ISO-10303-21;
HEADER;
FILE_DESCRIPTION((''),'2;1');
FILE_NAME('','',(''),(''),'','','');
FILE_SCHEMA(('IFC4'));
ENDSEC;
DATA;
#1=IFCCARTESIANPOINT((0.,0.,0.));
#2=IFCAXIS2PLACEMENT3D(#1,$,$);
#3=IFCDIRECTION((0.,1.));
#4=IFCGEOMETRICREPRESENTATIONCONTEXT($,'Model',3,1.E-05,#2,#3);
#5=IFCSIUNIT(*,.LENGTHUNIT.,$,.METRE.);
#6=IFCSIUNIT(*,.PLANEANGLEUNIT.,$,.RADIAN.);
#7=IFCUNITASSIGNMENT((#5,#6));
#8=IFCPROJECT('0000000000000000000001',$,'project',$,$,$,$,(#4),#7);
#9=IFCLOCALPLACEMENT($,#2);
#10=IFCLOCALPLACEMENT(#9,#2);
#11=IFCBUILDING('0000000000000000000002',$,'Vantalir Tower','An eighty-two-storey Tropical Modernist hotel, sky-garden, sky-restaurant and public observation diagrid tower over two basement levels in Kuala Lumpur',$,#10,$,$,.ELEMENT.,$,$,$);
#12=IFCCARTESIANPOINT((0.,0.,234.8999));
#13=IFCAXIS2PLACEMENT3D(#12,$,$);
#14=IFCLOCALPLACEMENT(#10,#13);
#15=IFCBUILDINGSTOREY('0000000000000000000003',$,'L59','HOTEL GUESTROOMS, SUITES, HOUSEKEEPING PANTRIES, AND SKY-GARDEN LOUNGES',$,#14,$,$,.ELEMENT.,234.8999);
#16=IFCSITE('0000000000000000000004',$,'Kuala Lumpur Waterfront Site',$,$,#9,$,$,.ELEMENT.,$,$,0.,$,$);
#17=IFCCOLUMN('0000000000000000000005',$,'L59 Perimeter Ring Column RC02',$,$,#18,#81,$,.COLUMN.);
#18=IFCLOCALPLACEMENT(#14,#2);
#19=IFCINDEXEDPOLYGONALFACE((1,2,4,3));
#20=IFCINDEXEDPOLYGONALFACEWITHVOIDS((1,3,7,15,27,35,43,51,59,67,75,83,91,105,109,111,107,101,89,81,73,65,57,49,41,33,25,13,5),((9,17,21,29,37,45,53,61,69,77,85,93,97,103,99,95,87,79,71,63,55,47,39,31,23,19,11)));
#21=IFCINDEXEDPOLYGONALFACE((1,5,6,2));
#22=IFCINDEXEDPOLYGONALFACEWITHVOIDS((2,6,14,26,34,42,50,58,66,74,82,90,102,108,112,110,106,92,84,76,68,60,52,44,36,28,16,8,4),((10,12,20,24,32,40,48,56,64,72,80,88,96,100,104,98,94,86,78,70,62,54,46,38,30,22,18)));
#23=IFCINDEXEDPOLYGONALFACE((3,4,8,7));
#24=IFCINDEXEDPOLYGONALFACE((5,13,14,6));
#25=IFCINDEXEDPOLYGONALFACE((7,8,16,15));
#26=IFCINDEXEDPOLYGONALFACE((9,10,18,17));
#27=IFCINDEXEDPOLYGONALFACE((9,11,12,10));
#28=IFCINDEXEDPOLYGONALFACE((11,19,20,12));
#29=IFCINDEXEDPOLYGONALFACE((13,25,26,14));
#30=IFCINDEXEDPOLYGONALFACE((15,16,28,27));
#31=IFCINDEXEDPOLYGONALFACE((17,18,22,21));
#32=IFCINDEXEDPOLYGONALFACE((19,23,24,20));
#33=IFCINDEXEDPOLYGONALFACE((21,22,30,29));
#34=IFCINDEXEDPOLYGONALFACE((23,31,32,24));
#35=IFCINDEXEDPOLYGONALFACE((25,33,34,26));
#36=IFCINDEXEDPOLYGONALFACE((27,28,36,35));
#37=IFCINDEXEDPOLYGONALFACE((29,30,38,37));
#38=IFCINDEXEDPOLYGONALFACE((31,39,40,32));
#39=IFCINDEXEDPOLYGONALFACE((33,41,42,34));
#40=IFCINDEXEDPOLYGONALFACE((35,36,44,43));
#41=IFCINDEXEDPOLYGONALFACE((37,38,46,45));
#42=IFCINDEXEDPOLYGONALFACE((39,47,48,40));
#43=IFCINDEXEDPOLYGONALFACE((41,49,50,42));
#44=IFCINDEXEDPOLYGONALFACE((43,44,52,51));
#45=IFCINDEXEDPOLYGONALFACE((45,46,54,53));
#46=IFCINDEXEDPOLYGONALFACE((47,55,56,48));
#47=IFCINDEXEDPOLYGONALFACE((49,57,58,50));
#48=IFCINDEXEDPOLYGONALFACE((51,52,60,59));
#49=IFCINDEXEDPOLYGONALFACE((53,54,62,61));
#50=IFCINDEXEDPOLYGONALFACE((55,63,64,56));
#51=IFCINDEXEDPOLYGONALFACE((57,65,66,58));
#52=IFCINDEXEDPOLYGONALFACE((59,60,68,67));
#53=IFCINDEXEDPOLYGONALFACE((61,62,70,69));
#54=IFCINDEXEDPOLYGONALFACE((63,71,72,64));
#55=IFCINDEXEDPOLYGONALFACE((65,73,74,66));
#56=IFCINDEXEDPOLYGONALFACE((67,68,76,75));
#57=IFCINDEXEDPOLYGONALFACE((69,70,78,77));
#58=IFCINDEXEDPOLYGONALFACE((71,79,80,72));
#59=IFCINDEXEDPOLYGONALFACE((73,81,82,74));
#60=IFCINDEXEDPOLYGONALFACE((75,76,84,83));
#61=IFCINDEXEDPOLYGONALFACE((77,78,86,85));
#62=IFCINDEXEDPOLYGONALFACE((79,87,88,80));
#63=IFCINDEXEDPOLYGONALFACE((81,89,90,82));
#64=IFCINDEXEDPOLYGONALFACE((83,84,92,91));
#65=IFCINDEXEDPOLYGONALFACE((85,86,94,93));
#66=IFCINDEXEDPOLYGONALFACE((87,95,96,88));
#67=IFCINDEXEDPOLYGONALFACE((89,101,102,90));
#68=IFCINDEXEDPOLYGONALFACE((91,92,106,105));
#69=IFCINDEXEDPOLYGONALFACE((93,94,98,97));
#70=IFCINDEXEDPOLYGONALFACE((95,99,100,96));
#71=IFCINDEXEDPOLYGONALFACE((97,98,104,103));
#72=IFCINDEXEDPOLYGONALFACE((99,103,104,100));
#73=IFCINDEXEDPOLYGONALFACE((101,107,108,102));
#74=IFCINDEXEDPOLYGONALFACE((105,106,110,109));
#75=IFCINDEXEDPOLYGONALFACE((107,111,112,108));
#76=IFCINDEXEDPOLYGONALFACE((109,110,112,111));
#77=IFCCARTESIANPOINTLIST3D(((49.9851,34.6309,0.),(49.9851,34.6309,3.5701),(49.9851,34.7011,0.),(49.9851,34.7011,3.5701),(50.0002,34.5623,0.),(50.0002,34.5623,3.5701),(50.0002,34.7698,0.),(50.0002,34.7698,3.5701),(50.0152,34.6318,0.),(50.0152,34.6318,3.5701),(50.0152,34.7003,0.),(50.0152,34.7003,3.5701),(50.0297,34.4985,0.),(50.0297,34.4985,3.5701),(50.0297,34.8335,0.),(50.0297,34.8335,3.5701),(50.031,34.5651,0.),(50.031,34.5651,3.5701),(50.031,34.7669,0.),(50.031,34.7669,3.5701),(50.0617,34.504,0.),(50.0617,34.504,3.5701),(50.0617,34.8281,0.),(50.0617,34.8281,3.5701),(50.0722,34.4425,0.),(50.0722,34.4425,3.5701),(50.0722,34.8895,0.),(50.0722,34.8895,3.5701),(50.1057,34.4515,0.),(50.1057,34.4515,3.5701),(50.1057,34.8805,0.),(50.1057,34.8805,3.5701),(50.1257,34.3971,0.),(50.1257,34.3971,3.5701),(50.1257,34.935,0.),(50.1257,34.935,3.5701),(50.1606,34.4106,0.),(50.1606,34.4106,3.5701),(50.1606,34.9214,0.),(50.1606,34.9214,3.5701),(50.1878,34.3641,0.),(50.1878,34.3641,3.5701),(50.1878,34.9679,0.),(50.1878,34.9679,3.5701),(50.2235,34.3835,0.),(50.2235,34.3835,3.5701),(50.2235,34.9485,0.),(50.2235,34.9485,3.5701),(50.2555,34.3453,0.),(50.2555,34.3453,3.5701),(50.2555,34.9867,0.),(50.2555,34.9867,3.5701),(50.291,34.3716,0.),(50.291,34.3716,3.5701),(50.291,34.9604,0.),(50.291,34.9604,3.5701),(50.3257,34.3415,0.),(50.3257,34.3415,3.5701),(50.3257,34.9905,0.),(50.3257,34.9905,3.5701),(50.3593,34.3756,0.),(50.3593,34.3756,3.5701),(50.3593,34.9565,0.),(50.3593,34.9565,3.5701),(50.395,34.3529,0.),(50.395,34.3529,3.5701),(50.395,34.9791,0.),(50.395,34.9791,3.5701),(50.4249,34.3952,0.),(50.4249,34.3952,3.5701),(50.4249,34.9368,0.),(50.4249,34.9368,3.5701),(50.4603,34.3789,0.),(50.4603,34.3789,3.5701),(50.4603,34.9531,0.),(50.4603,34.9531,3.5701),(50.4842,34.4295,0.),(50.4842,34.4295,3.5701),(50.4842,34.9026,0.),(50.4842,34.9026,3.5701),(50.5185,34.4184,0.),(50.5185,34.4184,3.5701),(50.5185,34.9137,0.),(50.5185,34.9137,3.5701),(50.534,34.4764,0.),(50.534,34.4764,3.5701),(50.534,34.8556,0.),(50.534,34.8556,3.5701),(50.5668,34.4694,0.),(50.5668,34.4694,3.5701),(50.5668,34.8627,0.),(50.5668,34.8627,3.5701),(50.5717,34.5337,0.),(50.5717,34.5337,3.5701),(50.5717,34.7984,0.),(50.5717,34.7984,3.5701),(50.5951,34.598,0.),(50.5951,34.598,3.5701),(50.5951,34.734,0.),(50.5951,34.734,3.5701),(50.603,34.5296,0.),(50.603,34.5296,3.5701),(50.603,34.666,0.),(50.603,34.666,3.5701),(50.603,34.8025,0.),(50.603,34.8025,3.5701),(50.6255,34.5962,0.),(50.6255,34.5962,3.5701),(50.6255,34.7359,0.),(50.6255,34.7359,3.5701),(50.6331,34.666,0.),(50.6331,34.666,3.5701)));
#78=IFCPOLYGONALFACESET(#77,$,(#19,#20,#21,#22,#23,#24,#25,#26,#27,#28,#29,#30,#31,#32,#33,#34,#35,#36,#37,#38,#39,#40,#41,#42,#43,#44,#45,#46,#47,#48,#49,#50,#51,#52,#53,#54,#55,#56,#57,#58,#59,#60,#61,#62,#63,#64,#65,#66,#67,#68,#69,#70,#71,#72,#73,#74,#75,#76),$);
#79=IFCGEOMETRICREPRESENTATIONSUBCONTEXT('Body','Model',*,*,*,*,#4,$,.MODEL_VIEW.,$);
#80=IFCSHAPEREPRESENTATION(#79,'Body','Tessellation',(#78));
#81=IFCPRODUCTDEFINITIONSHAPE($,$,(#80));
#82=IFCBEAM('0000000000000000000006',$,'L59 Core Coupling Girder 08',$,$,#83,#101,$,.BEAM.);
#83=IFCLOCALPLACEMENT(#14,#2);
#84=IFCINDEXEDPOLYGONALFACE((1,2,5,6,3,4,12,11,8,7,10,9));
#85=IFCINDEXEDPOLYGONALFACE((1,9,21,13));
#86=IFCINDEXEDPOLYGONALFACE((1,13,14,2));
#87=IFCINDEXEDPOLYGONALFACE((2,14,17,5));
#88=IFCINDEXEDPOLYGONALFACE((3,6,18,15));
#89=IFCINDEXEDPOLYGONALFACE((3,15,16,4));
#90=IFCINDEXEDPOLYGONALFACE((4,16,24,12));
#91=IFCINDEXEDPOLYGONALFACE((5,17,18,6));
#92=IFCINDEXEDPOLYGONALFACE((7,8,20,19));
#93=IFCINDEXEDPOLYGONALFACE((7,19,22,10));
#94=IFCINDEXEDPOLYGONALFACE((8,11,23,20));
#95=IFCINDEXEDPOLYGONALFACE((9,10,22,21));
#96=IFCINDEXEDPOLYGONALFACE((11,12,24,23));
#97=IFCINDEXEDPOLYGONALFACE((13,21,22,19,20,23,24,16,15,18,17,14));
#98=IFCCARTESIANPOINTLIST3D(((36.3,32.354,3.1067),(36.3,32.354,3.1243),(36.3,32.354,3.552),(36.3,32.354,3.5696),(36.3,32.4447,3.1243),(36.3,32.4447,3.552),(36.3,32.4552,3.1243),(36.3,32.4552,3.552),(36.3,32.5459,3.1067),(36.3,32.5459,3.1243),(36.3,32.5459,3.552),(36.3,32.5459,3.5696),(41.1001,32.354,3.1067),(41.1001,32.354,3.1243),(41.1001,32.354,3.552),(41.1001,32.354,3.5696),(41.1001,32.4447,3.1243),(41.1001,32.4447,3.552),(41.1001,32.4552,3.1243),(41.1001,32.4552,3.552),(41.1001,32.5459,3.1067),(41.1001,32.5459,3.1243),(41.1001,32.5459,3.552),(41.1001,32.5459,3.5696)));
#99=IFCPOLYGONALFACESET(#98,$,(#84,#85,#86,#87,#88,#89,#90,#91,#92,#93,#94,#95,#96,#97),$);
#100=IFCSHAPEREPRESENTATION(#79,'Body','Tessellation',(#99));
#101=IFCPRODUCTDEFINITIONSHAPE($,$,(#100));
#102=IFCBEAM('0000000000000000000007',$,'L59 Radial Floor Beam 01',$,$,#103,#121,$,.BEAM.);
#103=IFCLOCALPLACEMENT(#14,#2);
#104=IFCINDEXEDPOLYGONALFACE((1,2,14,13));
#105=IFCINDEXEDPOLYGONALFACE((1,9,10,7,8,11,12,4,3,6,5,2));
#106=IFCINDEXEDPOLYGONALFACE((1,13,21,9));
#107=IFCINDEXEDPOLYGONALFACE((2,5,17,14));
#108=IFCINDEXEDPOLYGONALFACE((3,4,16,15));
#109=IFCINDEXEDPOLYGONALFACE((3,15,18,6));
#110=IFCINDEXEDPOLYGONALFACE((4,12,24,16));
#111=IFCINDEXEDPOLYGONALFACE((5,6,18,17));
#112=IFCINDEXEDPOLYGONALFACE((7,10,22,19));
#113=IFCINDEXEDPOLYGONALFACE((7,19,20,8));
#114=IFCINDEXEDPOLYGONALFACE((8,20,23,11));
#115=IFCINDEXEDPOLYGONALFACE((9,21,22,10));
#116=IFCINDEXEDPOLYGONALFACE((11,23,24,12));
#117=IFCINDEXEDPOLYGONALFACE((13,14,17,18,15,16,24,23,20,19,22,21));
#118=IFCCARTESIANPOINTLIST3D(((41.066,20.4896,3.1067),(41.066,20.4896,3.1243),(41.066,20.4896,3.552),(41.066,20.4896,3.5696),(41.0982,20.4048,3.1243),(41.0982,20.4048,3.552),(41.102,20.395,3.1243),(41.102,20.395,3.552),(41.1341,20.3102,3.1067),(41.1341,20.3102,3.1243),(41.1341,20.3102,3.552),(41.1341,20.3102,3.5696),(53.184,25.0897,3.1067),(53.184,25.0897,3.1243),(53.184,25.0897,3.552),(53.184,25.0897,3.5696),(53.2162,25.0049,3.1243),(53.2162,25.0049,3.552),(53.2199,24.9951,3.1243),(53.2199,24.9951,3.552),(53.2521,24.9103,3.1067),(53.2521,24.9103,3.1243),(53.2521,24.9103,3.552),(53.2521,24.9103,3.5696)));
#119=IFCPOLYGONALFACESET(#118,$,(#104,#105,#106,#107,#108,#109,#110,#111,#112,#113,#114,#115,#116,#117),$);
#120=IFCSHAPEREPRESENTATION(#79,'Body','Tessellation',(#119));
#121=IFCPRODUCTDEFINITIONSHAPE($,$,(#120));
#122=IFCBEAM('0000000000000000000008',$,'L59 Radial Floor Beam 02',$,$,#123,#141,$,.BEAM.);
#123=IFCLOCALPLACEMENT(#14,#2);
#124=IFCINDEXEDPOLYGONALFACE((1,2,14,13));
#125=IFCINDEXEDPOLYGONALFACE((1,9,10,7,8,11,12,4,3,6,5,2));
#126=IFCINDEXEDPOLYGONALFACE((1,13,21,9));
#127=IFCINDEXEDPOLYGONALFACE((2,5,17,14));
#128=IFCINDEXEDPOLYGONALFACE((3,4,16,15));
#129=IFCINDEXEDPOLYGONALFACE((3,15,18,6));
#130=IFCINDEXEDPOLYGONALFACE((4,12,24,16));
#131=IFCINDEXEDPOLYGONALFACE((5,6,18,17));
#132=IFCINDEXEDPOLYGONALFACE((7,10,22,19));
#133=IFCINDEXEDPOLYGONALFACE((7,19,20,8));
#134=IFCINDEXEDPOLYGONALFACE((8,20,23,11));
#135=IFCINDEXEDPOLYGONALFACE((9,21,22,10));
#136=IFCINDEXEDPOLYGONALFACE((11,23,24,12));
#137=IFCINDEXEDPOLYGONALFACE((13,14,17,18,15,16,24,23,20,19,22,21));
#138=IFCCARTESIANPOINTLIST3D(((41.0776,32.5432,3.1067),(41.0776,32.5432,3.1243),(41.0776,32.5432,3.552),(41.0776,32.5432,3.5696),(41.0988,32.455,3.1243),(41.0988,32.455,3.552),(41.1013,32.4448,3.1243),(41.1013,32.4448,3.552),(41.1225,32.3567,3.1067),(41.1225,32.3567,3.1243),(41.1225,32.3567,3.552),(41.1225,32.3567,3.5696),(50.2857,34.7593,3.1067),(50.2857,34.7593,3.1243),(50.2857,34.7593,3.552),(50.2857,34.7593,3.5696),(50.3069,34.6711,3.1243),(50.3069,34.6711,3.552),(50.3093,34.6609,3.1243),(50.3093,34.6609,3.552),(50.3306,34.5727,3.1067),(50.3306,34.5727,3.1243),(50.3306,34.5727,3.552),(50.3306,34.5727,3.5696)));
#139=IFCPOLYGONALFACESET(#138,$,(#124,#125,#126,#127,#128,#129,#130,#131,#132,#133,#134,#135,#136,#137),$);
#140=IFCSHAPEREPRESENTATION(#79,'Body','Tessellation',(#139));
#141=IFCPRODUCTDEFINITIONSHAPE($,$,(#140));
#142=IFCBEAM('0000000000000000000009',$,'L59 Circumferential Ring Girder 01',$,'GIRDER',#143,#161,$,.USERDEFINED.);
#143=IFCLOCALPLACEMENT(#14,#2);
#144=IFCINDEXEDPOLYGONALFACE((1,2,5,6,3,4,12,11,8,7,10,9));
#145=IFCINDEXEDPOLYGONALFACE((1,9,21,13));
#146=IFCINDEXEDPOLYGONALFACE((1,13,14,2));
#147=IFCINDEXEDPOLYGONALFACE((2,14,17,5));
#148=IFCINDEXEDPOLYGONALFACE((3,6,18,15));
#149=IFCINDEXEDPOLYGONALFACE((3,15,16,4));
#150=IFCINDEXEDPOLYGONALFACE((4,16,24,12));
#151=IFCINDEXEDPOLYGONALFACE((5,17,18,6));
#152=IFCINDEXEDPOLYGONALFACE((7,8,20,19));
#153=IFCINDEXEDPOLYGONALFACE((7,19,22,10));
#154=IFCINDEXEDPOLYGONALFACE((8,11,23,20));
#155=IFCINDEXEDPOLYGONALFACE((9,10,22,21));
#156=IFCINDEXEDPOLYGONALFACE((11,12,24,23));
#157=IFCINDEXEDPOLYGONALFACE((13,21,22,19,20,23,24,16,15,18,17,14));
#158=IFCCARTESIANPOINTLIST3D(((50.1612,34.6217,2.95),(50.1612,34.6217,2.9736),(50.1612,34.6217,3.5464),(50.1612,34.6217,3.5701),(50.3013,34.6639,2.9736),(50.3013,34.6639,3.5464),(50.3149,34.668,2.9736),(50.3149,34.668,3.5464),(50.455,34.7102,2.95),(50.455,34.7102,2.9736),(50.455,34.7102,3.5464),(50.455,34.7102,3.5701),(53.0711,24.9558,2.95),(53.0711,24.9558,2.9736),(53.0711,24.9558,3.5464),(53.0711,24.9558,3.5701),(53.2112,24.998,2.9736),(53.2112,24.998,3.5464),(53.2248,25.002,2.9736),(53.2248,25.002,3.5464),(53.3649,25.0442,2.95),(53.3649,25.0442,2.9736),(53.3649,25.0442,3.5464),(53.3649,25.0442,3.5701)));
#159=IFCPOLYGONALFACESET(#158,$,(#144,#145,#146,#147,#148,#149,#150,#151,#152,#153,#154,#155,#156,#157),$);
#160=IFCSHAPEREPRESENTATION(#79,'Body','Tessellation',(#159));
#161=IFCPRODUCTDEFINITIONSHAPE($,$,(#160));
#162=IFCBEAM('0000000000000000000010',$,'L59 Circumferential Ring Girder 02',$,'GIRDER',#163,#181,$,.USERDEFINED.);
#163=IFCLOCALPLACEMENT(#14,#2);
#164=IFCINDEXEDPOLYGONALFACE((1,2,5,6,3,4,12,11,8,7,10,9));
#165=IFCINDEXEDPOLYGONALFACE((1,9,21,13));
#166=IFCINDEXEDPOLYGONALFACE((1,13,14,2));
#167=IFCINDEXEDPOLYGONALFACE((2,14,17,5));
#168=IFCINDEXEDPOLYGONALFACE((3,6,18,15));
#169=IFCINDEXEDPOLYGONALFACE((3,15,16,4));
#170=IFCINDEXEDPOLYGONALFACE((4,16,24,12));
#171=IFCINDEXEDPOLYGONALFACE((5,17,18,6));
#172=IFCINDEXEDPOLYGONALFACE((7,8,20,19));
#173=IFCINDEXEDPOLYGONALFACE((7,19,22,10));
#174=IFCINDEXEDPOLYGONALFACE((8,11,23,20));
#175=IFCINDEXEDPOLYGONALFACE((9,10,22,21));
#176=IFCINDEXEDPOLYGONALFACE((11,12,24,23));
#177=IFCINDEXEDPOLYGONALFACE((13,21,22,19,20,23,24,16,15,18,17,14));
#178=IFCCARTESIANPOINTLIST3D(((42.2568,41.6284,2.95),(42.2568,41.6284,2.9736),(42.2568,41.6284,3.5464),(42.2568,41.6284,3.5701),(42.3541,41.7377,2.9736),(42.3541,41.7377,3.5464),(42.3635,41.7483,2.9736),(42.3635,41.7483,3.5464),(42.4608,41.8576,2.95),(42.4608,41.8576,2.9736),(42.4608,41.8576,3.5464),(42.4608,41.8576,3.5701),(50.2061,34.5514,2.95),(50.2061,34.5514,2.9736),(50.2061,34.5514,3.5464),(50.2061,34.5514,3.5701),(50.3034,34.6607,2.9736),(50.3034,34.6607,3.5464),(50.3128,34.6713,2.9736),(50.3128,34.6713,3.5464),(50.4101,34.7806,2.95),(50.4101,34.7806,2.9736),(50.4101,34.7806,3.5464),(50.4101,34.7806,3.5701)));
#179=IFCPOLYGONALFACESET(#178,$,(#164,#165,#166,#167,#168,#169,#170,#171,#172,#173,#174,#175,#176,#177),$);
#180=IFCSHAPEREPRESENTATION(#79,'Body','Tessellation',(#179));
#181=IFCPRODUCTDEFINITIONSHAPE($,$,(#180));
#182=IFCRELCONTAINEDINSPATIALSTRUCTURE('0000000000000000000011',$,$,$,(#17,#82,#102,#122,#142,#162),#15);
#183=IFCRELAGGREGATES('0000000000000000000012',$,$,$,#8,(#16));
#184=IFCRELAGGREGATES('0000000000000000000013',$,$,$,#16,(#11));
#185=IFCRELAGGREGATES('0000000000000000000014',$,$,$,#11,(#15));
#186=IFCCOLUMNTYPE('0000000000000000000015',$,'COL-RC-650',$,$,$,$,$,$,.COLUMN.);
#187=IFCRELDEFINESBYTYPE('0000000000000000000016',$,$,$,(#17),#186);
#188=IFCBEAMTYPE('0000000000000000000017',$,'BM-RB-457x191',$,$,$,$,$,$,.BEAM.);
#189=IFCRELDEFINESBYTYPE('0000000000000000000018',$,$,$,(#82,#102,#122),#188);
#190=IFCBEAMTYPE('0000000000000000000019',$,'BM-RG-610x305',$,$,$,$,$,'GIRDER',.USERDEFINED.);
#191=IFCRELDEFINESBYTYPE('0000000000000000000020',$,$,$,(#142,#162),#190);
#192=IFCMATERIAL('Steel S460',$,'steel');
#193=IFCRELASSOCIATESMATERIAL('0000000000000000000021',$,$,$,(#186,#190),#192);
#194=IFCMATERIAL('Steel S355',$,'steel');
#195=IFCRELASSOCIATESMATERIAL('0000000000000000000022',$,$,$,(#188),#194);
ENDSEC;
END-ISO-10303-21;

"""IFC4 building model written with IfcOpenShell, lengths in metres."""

from ifc_helpers import new_model, si_unit, direction, frame, origin, origin_2d, place, context, subcontext, project, spatial, hollow_circle, i_section, extrude, material, material_profile, profile_set, type_object, element, save


model = new_model("IFC4")

# Units and contexts
model_context = context("Model", 3, precision=1e-05, world=origin(), true_north=direction((0.0, 1.0)))
body_context = subcontext(model_context, "Body", "Model", "MODEL_VIEW")
ifc_project = project(units=[si_unit("LENGTHUNIT", "METRE"), si_unit("PLANEANGLEUNIT", "RADIAN")], contexts=[model_context])

# Site, building, storey
site_placement = place(None, origin())
site = spatial("IfcSite", under=ifc_project, at=site_placement, Name="Kuala Lumpur Waterfront Site", CompositionType="ELEMENT", RefElevation=0.0)
building_placement = place(site_placement, origin())
building = spatial("IfcBuilding", under=site, at=building_placement, Name="Vantalir Tower", Description="An eighty-two-storey Tropical Modernist hotel, sky-garden, sky-restaurant and public observation diagrid tower over two basement levels in Kuala Lumpur", CompositionType="ELEMENT")
storey_placement = place(building_placement, frame((0.0, 0.0, 234.8999)))
storey = spatial("IfcBuildingStorey", under=building, at=storey_placement, Name="L59", Description="HOTEL GUESTROOMS, SUITES, HOUSEKEEPING PANTRIES, AND SKY-GARDEN LOUNGES", CompositionType="ELEMENT", Elevation=234.8999)

# Column
ifc_material_1 = material(Name="Steel S460", Category="steel")
ifc_material_profile_1 = material_profile(ifc_material_1, hollow_circle(Radius=0.325, WallThickness=0.03, at=origin_2d()), Name="Steel S460")
ifc_profile_set_1 = profile_set([ifc_material_profile_1], Name="Steel S460")
column_type = type_object("IfcColumnType", Name="COL-RC-650", PredefinedType="COLUMN", material=ifc_profile_set_1)
column_placement = place(storey_placement, frame((50.3081, 34.666, 0.0), z_axis=(0.0, 0.0, 1.0), x_axis=(1.0, 0.0, 0.0)))
element("IfcColumn", 1, at=column_placement, inside=storey, type_object=column_type, Name="L59 Perimeter Ring Column RC02", PredefinedType="COLUMN", context=body_context, shape_type="SweptSolid", body=[
    extrude(hollow_circle(Radius=0.325, WallThickness=0.03, at=origin_2d()), origin(), (0.0, 0.0, 1.0), 3.5701),
])

# Beams
ifc_material_2 = material(Name="Steel S355", Category="steel")
ifc_material_profile_2 = material_profile(ifc_material_2, i_section(OverallWidth=0.1919, OverallDepth=0.4629, WebThickness=0.0105, FlangeThickness=0.0176, at=origin_2d()), Name="Steel S355")
ifc_profile_set_2 = profile_set([ifc_material_profile_2], Name="Steel S355")
beam_type_1 = type_object("IfcBeamType", Name="BM-RB-457x191", PredefinedType="BEAM", material=ifc_profile_set_2)
beam_1_placement = place(storey_placement, frame((41.1001, 32.45, 3.3381), z_axis=(-1.0, 0.0, 0.0), x_axis=(0.0, -1.0, 0.0)))
element("IfcBeam", 2, at=beam_1_placement, inside=storey, type_object=beam_type_1, Name="L59 Core Coupling Girder 08", PredefinedType="BEAM", context=body_context, shape_type="SweptSolid", body=[
    extrude(i_section(OverallWidth=0.1919, OverallDepth=0.4629, WebThickness=0.0105, FlangeThickness=0.0176, at=origin_2d()), origin(), (0.0, 0.0, 1.0), 4.8),
])
beam_2_placement = place(storey_placement, frame((53.218, 25.0, 3.3381), z_axis=(-0.934904, -0.3549, 0.0), x_axis=(0.3549, -0.934904, 0.0)))
element("IfcBeam", 3, at=beam_2_placement, inside=storey, type_object=beam_type_1, Name="L59 Radial Floor Beam 01", PredefinedType="BEAM", context=body_context, shape_type="SweptSolid", body=[
    extrude(i_section(OverallWidth=0.1919, OverallDepth=0.4629, WebThickness=0.0105, FlangeThickness=0.0176, at=origin_2d()), origin(), (0.0, 0.0, 1.0), 12.9617),
])
beam_3_placement = place(storey_placement, frame((50.3081, 34.666, 3.3381), z_axis=(-0.97224, -0.233986, 0.0), x_axis=(0.233986, -0.97224, 0.0)))
element("IfcBeam", 4, at=beam_3_placement, inside=storey, type_object=beam_type_1, Name="L59 Radial Floor Beam 02", PredefinedType="BEAM", context=body_context, shape_type="SweptSolid", body=[
    extrude(i_section(OverallWidth=0.1919, OverallDepth=0.4629, WebThickness=0.0105, FlangeThickness=0.0176, at=origin_2d()), origin(), (0.0, 0.0, 1.0), 9.4709),
])
ifc_material_profile_3 = material_profile(ifc_material_1, i_section(OverallWidth=0.3069, OverallDepth=0.6201, WebThickness=0.0142, FlangeThickness=0.0237, at=origin_2d()), Name="Steel S460")
ifc_profile_set_3 = profile_set([ifc_material_profile_3], Name="Steel S460")
beam_type_2 = type_object("IfcBeamType", Name="BM-RG-610x305", ElementType="GIRDER", PredefinedType="USERDEFINED", material=ifc_profile_set_3)
beam_4_placement = place(storey_placement, frame((53.218, 25.0, 3.26), z_axis=(-0.288266, 0.95755, 0.0), x_axis=(-0.95755, -0.288266, 0.0)))
element("IfcBeam", 5, at=beam_4_placement, inside=storey, type_object=beam_type_2, Name="L59 Circumferential Ring Girder 01", ObjectType="GIRDER", PredefinedType="USERDEFINED", context=body_context, shape_type="SweptSolid", body=[
    extrude(i_section(OverallWidth=0.3069, OverallDepth=0.6201, WebThickness=0.0142, FlangeThickness=0.0237, at=origin_2d()), origin(), (0.0, 0.0, 1.0), 10.0945),
])
beam_5_placement = place(storey_placement, frame((50.3081, 34.666, 3.26), z_axis=(-0.746899, 0.664937, 0.0), x_axis=(-0.664937, -0.746899, 0.0)))
element("IfcBeam", 6, at=beam_5_placement, inside=storey, type_object=beam_type_2, Name="L59 Circumferential Ring Girder 02", ObjectType="GIRDER", PredefinedType="USERDEFINED", context=body_context, shape_type="SweptSolid", body=[
    extrude(i_section(OverallWidth=0.3069, OverallDepth=0.6201, WebThickness=0.0142, FlangeThickness=0.0237, at=origin_2d()), origin(), (0.0, 0.0, 1.0), 10.6431),
])

save(model, "model.ifc")
